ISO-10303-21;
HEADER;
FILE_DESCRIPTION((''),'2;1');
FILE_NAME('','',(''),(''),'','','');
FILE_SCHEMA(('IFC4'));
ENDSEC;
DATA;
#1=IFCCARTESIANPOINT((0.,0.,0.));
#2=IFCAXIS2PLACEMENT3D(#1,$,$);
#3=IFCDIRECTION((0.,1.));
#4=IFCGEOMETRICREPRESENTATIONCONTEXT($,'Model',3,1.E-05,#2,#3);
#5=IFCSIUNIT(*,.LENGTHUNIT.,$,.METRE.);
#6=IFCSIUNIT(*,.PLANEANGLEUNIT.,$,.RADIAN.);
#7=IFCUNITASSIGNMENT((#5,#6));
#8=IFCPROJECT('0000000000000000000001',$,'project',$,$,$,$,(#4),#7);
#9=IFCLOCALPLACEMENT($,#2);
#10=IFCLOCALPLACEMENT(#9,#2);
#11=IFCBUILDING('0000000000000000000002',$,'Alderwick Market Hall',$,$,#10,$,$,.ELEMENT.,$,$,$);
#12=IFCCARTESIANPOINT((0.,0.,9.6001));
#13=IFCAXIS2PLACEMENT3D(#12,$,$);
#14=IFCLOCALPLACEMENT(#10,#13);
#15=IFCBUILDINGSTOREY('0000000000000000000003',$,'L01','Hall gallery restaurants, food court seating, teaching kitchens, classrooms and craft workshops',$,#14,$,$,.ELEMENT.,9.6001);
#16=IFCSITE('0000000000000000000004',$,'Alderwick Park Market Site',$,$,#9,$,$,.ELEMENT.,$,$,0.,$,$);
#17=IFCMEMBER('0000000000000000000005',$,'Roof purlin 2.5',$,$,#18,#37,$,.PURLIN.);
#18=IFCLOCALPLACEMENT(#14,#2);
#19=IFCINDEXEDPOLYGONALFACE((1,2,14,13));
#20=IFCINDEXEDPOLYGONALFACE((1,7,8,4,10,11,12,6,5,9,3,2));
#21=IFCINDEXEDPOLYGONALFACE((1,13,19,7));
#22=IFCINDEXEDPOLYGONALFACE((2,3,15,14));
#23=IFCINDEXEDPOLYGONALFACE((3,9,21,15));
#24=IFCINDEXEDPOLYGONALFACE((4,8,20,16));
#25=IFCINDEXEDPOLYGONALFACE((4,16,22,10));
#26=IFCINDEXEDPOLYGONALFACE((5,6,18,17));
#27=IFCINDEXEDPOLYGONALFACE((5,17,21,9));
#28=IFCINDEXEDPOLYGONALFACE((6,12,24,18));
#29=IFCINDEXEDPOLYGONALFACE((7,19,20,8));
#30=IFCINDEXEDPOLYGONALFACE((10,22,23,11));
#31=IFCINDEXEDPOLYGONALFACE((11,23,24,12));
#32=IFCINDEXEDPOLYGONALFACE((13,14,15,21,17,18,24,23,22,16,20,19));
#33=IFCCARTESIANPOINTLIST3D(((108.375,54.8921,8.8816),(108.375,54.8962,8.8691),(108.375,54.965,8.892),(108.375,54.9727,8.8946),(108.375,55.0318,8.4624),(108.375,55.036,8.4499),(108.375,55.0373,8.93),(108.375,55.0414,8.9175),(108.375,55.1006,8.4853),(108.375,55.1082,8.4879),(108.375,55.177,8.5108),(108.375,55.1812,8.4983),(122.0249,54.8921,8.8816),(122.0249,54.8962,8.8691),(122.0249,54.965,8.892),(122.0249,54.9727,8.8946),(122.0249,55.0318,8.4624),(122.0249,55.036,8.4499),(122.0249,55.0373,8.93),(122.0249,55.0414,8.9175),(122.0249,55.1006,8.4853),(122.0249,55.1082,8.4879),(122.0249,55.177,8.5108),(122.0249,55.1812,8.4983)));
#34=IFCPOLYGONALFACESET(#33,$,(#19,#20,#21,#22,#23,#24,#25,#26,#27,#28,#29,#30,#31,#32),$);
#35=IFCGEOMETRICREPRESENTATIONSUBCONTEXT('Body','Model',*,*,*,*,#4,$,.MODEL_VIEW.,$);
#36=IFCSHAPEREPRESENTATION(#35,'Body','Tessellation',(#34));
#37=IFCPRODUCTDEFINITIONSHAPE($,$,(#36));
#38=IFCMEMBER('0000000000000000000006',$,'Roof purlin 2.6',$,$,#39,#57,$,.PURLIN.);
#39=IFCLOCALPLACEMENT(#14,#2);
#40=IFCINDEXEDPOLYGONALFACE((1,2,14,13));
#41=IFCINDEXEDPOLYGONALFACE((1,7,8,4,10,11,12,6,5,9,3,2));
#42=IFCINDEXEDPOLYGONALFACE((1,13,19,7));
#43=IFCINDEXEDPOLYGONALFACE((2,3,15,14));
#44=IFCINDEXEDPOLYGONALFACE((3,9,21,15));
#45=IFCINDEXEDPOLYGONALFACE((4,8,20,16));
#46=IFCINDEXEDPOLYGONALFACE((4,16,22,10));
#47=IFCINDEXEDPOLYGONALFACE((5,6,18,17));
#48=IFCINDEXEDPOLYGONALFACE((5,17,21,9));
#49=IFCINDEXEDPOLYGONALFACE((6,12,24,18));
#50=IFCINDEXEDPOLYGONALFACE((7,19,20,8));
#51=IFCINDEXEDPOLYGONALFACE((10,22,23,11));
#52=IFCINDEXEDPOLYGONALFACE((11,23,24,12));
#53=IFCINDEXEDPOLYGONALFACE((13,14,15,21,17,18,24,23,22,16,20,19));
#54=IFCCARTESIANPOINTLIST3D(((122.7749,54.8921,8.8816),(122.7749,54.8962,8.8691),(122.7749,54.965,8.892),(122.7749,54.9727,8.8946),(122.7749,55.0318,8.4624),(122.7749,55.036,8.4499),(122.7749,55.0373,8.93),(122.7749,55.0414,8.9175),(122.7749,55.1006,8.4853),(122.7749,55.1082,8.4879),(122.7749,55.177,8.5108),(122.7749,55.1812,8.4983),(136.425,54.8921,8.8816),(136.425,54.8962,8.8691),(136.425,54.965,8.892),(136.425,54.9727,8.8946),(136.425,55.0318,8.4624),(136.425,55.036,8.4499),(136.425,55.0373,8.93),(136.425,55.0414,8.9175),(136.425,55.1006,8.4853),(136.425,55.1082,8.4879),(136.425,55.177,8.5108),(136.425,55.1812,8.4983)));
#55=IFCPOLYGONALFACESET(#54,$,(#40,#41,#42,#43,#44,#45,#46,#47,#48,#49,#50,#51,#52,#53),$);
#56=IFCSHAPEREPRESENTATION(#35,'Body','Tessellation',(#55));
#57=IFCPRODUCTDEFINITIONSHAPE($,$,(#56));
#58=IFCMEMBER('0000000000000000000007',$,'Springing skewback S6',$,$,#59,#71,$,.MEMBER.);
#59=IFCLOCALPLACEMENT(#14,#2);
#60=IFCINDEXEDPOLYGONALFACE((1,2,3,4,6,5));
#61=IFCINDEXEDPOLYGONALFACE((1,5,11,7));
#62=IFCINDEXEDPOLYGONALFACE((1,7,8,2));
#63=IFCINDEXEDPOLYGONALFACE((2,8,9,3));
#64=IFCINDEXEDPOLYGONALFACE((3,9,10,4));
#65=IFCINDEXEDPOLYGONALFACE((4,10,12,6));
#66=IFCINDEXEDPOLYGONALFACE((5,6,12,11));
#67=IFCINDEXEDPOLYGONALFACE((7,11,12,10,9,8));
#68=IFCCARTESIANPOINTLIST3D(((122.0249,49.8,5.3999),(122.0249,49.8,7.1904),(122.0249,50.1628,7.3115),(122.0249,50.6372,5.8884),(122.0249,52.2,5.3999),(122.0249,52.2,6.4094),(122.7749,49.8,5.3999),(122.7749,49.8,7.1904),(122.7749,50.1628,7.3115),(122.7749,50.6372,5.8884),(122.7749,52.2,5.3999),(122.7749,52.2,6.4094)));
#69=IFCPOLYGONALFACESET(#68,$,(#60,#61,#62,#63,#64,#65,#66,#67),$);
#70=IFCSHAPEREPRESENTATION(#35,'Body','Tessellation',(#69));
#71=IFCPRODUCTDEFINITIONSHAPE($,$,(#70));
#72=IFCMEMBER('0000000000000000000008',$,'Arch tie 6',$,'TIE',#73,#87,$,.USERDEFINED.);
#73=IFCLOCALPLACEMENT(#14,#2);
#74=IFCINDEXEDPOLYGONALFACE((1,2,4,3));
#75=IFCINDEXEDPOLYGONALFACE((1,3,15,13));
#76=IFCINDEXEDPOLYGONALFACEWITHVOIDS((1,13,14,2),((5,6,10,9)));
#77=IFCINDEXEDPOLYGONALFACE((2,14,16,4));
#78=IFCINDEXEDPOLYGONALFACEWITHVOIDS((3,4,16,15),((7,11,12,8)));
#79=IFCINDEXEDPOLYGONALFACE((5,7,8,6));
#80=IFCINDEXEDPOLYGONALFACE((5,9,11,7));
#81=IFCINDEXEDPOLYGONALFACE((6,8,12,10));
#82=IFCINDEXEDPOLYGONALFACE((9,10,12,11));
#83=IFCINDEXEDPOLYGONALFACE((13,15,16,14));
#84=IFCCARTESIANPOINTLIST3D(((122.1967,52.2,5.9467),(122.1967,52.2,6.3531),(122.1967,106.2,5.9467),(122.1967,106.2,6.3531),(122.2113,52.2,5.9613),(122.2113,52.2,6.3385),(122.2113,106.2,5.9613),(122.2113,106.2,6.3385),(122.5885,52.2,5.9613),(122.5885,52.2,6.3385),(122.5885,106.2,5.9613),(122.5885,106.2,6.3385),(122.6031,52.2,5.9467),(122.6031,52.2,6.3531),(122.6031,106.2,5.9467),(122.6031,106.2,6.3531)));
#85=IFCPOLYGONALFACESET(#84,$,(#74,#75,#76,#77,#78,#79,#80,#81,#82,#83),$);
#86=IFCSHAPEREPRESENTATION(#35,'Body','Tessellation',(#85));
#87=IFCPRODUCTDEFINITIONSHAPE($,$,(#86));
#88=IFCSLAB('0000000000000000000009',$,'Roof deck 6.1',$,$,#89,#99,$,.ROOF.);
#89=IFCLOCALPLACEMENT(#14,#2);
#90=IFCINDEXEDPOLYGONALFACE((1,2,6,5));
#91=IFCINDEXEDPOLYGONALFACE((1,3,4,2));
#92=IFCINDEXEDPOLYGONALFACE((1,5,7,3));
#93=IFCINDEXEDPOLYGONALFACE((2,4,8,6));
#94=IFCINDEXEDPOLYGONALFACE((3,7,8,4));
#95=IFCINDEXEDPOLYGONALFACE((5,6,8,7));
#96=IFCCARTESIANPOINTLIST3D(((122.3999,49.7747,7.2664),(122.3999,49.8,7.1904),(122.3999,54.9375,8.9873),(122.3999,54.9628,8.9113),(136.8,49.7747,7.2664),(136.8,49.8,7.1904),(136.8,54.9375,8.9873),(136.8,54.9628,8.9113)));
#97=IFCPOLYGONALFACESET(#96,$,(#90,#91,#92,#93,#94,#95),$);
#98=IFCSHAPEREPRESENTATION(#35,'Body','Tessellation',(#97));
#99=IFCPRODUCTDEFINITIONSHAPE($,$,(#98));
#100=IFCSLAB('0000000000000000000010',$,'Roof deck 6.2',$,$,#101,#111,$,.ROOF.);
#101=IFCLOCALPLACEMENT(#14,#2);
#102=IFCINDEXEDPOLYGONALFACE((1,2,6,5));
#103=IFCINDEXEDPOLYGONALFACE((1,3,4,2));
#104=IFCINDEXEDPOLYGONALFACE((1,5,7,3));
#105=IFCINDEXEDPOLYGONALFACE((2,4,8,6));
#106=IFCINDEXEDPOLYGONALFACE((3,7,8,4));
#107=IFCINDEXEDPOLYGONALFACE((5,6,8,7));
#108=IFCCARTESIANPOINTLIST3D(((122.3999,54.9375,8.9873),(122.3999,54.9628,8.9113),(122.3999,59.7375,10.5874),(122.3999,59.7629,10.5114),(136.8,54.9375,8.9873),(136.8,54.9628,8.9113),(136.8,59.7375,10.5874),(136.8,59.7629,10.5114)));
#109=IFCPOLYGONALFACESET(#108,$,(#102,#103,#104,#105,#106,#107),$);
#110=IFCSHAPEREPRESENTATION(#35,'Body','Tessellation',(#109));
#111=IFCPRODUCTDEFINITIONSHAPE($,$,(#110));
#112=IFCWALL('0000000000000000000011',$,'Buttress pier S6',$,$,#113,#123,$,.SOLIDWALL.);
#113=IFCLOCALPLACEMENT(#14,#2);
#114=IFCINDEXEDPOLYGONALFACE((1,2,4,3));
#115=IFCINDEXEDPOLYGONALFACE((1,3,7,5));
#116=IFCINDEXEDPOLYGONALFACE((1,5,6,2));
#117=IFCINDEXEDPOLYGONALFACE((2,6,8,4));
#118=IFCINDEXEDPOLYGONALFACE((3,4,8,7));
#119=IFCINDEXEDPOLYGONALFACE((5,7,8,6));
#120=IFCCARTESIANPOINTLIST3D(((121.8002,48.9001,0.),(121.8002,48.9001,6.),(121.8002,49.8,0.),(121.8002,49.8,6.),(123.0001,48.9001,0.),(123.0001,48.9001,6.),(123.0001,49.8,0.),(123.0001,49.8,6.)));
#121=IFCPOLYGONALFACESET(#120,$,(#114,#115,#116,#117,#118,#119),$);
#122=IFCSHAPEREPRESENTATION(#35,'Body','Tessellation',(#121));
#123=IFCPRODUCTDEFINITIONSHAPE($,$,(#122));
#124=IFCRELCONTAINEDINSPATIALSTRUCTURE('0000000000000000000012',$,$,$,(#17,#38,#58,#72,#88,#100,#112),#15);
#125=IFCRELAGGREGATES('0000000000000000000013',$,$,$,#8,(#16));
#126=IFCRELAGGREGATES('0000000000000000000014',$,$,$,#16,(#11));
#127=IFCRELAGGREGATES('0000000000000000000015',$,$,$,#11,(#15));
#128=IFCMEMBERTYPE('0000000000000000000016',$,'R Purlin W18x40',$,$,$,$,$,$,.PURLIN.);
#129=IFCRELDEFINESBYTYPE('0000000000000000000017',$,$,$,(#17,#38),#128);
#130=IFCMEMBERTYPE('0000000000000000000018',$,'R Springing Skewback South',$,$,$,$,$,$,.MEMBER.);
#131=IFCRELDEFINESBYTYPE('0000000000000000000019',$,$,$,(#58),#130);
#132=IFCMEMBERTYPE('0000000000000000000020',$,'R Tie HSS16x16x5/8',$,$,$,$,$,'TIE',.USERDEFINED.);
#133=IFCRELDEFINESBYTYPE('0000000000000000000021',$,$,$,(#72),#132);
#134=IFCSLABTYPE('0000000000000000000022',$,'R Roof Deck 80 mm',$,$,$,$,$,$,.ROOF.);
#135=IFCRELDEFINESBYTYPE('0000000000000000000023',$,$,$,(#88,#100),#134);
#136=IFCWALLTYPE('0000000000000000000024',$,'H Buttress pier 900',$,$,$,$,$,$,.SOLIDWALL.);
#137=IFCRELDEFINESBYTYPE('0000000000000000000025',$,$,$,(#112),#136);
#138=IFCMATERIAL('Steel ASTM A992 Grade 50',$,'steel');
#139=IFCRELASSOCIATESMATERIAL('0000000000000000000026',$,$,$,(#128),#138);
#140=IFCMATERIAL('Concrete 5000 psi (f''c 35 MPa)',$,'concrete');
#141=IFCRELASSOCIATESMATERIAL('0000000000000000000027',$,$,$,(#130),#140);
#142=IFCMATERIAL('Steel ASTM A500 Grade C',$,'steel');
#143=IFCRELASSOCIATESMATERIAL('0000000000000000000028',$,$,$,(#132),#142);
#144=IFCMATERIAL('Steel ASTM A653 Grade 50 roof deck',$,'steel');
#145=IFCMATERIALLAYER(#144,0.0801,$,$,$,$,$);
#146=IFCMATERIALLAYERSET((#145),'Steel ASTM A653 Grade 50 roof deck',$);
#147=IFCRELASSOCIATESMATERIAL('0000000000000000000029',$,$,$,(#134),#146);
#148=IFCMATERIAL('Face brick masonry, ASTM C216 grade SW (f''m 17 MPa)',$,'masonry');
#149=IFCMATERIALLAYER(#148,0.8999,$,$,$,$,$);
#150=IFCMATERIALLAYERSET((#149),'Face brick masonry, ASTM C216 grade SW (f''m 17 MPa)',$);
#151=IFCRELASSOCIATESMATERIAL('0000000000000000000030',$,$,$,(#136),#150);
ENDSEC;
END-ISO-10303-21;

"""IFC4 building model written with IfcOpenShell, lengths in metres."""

from ifc_helpers import new_model, si_unit, direction, frame, frame_2d, origin, origin_2d, place, context, subcontext, project, spatial, polyline, rectangle, hollow_rectangle, i_section, outline, extrude, material, layer, layer_set, material_profile, profile_set, type_object, element, save


model = new_model("IFC4")

# Units and contexts
model_context = context("Model", 3, precision=1e-05, world=origin(), true_north=direction((0.0, 1.0)))
body_context = subcontext(model_context, "Body", "Model", "MODEL_VIEW")
ifc_project = project(units=[si_unit("LENGTHUNIT", "METRE"), si_unit("PLANEANGLEUNIT", "RADIAN")], contexts=[model_context])

# Site, building, storey
site_placement = place(None, origin())
site = spatial("IfcSite", under=ifc_project, at=site_placement, Name="Alderwick Park Market Site", CompositionType="ELEMENT", RefElevation=0.0)
building_placement = place(site_placement, origin())
building = spatial("IfcBuilding", under=site, at=building_placement, Name="Alderwick Market Hall", CompositionType="ELEMENT")
storey_placement = place(building_placement, frame((0.0, 0.0, 9.6001)))
storey = spatial("IfcBuildingStorey", under=building, at=storey_placement, Name="L01", Description="Hall gallery restaurants, food court seating, teaching kitchens, classrooms and craft workshops", CompositionType="ELEMENT", Elevation=9.6001)

# Shared definitions
ifc_material_1 = material(Name="Concrete 5000 psi (f'c 35 MPa)", Category="concrete")

# Members
ifc_material_2 = material(Name="Steel ASTM A500 Grade C", Category="steel")
ifc_material_3 = material(Name="Steel ASTM A992 Grade 50", Category="steel")
ifc_material_profile_1 = material_profile(ifc_material_3, i_section(OverallWidth=0.1531, OverallDepth=0.4551, WebThickness=0.0081, FlangeThickness=0.0132, at=origin_2d()), Name="W18x40")
ifc_profile_set_1 = profile_set([ifc_material_profile_1], Name="Steel ASTM A992 Grade 50")
member_type_1 = type_object("IfcMemberType", Name="R Purlin W18x40", PredefinedType="PURLIN", material=ifc_profile_set_1)
member_1_placement = place(storey_placement, frame((108.375, 55.0366, 8.6899), z_axis=(1.0, 0.0, 0.0), x_axis=(0.0, 0.948683, 0.316228)))
element("IfcMember", 1, at=member_1_placement, inside=storey, type_object=member_type_1, Name="Roof purlin 2.5", PredefinedType="PURLIN", context=body_context, shape_type="SweptSolid", body=[
    extrude(i_section(OverallWidth=0.1531, OverallDepth=0.4551, WebThickness=0.0081, FlangeThickness=0.0132, at=origin_2d()), origin(), (0.0, 0.0, 1.0), 13.6499),
])
member_2_placement = place(storey_placement, frame((122.7749, 55.0366, 8.6899), z_axis=(1.0, 0.0, 0.0), x_axis=(0.0, 0.948683, 0.316228)))
element("IfcMember", 2, at=member_2_placement, inside=storey, type_object=member_type_1, Name="Roof purlin 2.6", PredefinedType="PURLIN", context=body_context, shape_type="SweptSolid", body=[
    extrude(i_section(OverallWidth=0.1531, OverallDepth=0.4551, WebThickness=0.0081, FlangeThickness=0.0132, at=origin_2d()), origin(), (0.0, 0.0, 1.0), 13.6501),
])
ifc_material_profile_2 = material_profile(ifc_material_1, outline(polyline([(0.0, 0.0), (2.3999, 0.0), (2.3999, 1.0095), (0.8372, 0.4885), (0.3628, 1.9116), (0.0, 1.7905), (0.0, 0.0)])), Name="RC skewback S")
ifc_profile_set_2 = profile_set([ifc_material_profile_2], Name="Concrete 5000 psi (f'c 35 MPa)")
member_type_2 = type_object("IfcMemberType", Name="R Springing Skewback South", PredefinedType="MEMBER", material=ifc_profile_set_2)
member_3_placement = place(storey_placement, frame((122.0249, 49.8, 5.3999), z_axis=(1.0, 0.0, 0.0), x_axis=(0.0, 1.0, 0.0)))
element("IfcMember", 3, at=member_3_placement, inside=storey, type_object=member_type_2, Name="Springing skewback S6", PredefinedType="MEMBER", context=body_context, shape_type="SweptSolid", body=[
    extrude(outline(polyline([(0.0, 0.0), (2.3999, 0.0), (2.3999, 1.0095), (0.8372, 0.4885), (0.3628, 1.9116), (0.0, 1.7905), (0.0, 0.0)])), origin(), (0.0, 0.0, 1.0), 0.75),
])
ifc_material_profile_3 = material_profile(ifc_material_2, hollow_rectangle(XDim=0.4065, YDim=0.4065, WallThickness=0.0146, at=origin_2d()), Name="HSS16x16x5/8")
ifc_profile_set_3 = profile_set([ifc_material_profile_3], Name="Steel ASTM A500 Grade C")
member_type_3 = type_object("IfcMemberType", Name="R Tie HSS16x16x5/8", ElementType="TIE", PredefinedType="USERDEFINED", material=ifc_profile_set_3)
member_4_placement = place(storey_placement, frame((122.3999, 52.2, 6.1499), z_axis=(0.0, 1.0, 0.0), x_axis=(-1.0, 0.0, 0.0)))
element("IfcMember", 4, at=member_4_placement, inside=storey, type_object=member_type_3, Name="Arch tie 6", ObjectType="TIE", PredefinedType="USERDEFINED", context=body_context, shape_type="SweptSolid", body=[
    extrude(hollow_rectangle(XDim=0.4065, YDim=0.4065, WallThickness=0.0146, at=origin_2d()), origin(), (0.0, 0.0, 1.0), 54.0),
])

# Slabs
ifc_material_4 = material(Name="Steel ASTM A653 Grade 50 roof deck", Category="steel")
ifc_layer_1 = layer(ifc_material_4, 0.0801)
ifc_layer_set_1 = layer_set([ifc_layer_1], Name="Steel ASTM A653 Grade 50 roof deck")
slab_type = type_object("IfcSlabType", Name="R Roof Deck 80 mm", PredefinedType="ROOF", material=ifc_layer_set_1)
slab_1_placement = place(storey_placement, frame((122.3999, 49.7747, 7.2664), z_axis=(0.0, -0.316228, 0.948683), x_axis=(1.0, 0.0, 0.0)))
element("IfcSlab", 5, at=slab_1_placement, inside=storey, type_object=slab_type, Name="Roof deck 6.1", PredefinedType="ROOF", context=body_context, shape_type="SweptSolid", body=[
    extrude(outline(polyline([(0.0, 0.0), (14.4001, 0.0), (14.4001, 5.4421), (0.0, 5.4421), (0.0, 0.0)])), origin(), (0.0, 0.0, -1.0), 0.0801),
])
slab_2_placement = place(storey_placement, frame((122.3999, 54.9375, 8.9873), z_axis=(0.0, -0.316242, 0.948678), x_axis=(1.0, 0.0, 0.0)))
element("IfcSlab", 6, at=slab_2_placement, inside=storey, type_object=slab_type, Name="Roof deck 6.2", PredefinedType="ROOF", context=body_context, shape_type="SweptSolid", body=[
    extrude(outline(polyline([(0.0, 0.0), (14.4001, 0.0), (14.4001, 5.0597), (0.0, 5.0597), (0.0, 0.0)])), origin(), (0.0, 0.0, -1.0), 0.0801),
])

# Wall
ifc_material_5 = material(Name="Face brick masonry, ASTM C216 grade SW (f'm 17 MPa)", Category="masonry")
ifc_layer_2 = layer(ifc_material_5, 0.8999)
ifc_layer_set_2 = layer_set([ifc_layer_2], Name="Face brick masonry, ASTM C216 grade SW (f'm 17 MPa)")
wall_type_1 = type_object("IfcWallType", Name="H Buttress pier 900", PredefinedType="SOLIDWALL", material=ifc_layer_set_2)
wall_1_placement = place(storey_placement, frame((121.8, 49.3501, 0.0), z_axis=(0.0, 0.0, 1.0), x_axis=(1.0, 0.0, 0.0)))
element("IfcWall", 7, at=wall_1_placement, inside=storey, type_object=wall_type_1, Name="Buttress pier S6", PredefinedType="SOLIDWALL", context=body_context, shape_type="SweptSolid", body=[
    extrude(rectangle(XDim=1.2, YDim=0.8999, at=frame_2d((0.6001, 0.0))), origin(), (0.0, 0.0, 1.0), 6.0),
])

save(model, "model.ifc")
